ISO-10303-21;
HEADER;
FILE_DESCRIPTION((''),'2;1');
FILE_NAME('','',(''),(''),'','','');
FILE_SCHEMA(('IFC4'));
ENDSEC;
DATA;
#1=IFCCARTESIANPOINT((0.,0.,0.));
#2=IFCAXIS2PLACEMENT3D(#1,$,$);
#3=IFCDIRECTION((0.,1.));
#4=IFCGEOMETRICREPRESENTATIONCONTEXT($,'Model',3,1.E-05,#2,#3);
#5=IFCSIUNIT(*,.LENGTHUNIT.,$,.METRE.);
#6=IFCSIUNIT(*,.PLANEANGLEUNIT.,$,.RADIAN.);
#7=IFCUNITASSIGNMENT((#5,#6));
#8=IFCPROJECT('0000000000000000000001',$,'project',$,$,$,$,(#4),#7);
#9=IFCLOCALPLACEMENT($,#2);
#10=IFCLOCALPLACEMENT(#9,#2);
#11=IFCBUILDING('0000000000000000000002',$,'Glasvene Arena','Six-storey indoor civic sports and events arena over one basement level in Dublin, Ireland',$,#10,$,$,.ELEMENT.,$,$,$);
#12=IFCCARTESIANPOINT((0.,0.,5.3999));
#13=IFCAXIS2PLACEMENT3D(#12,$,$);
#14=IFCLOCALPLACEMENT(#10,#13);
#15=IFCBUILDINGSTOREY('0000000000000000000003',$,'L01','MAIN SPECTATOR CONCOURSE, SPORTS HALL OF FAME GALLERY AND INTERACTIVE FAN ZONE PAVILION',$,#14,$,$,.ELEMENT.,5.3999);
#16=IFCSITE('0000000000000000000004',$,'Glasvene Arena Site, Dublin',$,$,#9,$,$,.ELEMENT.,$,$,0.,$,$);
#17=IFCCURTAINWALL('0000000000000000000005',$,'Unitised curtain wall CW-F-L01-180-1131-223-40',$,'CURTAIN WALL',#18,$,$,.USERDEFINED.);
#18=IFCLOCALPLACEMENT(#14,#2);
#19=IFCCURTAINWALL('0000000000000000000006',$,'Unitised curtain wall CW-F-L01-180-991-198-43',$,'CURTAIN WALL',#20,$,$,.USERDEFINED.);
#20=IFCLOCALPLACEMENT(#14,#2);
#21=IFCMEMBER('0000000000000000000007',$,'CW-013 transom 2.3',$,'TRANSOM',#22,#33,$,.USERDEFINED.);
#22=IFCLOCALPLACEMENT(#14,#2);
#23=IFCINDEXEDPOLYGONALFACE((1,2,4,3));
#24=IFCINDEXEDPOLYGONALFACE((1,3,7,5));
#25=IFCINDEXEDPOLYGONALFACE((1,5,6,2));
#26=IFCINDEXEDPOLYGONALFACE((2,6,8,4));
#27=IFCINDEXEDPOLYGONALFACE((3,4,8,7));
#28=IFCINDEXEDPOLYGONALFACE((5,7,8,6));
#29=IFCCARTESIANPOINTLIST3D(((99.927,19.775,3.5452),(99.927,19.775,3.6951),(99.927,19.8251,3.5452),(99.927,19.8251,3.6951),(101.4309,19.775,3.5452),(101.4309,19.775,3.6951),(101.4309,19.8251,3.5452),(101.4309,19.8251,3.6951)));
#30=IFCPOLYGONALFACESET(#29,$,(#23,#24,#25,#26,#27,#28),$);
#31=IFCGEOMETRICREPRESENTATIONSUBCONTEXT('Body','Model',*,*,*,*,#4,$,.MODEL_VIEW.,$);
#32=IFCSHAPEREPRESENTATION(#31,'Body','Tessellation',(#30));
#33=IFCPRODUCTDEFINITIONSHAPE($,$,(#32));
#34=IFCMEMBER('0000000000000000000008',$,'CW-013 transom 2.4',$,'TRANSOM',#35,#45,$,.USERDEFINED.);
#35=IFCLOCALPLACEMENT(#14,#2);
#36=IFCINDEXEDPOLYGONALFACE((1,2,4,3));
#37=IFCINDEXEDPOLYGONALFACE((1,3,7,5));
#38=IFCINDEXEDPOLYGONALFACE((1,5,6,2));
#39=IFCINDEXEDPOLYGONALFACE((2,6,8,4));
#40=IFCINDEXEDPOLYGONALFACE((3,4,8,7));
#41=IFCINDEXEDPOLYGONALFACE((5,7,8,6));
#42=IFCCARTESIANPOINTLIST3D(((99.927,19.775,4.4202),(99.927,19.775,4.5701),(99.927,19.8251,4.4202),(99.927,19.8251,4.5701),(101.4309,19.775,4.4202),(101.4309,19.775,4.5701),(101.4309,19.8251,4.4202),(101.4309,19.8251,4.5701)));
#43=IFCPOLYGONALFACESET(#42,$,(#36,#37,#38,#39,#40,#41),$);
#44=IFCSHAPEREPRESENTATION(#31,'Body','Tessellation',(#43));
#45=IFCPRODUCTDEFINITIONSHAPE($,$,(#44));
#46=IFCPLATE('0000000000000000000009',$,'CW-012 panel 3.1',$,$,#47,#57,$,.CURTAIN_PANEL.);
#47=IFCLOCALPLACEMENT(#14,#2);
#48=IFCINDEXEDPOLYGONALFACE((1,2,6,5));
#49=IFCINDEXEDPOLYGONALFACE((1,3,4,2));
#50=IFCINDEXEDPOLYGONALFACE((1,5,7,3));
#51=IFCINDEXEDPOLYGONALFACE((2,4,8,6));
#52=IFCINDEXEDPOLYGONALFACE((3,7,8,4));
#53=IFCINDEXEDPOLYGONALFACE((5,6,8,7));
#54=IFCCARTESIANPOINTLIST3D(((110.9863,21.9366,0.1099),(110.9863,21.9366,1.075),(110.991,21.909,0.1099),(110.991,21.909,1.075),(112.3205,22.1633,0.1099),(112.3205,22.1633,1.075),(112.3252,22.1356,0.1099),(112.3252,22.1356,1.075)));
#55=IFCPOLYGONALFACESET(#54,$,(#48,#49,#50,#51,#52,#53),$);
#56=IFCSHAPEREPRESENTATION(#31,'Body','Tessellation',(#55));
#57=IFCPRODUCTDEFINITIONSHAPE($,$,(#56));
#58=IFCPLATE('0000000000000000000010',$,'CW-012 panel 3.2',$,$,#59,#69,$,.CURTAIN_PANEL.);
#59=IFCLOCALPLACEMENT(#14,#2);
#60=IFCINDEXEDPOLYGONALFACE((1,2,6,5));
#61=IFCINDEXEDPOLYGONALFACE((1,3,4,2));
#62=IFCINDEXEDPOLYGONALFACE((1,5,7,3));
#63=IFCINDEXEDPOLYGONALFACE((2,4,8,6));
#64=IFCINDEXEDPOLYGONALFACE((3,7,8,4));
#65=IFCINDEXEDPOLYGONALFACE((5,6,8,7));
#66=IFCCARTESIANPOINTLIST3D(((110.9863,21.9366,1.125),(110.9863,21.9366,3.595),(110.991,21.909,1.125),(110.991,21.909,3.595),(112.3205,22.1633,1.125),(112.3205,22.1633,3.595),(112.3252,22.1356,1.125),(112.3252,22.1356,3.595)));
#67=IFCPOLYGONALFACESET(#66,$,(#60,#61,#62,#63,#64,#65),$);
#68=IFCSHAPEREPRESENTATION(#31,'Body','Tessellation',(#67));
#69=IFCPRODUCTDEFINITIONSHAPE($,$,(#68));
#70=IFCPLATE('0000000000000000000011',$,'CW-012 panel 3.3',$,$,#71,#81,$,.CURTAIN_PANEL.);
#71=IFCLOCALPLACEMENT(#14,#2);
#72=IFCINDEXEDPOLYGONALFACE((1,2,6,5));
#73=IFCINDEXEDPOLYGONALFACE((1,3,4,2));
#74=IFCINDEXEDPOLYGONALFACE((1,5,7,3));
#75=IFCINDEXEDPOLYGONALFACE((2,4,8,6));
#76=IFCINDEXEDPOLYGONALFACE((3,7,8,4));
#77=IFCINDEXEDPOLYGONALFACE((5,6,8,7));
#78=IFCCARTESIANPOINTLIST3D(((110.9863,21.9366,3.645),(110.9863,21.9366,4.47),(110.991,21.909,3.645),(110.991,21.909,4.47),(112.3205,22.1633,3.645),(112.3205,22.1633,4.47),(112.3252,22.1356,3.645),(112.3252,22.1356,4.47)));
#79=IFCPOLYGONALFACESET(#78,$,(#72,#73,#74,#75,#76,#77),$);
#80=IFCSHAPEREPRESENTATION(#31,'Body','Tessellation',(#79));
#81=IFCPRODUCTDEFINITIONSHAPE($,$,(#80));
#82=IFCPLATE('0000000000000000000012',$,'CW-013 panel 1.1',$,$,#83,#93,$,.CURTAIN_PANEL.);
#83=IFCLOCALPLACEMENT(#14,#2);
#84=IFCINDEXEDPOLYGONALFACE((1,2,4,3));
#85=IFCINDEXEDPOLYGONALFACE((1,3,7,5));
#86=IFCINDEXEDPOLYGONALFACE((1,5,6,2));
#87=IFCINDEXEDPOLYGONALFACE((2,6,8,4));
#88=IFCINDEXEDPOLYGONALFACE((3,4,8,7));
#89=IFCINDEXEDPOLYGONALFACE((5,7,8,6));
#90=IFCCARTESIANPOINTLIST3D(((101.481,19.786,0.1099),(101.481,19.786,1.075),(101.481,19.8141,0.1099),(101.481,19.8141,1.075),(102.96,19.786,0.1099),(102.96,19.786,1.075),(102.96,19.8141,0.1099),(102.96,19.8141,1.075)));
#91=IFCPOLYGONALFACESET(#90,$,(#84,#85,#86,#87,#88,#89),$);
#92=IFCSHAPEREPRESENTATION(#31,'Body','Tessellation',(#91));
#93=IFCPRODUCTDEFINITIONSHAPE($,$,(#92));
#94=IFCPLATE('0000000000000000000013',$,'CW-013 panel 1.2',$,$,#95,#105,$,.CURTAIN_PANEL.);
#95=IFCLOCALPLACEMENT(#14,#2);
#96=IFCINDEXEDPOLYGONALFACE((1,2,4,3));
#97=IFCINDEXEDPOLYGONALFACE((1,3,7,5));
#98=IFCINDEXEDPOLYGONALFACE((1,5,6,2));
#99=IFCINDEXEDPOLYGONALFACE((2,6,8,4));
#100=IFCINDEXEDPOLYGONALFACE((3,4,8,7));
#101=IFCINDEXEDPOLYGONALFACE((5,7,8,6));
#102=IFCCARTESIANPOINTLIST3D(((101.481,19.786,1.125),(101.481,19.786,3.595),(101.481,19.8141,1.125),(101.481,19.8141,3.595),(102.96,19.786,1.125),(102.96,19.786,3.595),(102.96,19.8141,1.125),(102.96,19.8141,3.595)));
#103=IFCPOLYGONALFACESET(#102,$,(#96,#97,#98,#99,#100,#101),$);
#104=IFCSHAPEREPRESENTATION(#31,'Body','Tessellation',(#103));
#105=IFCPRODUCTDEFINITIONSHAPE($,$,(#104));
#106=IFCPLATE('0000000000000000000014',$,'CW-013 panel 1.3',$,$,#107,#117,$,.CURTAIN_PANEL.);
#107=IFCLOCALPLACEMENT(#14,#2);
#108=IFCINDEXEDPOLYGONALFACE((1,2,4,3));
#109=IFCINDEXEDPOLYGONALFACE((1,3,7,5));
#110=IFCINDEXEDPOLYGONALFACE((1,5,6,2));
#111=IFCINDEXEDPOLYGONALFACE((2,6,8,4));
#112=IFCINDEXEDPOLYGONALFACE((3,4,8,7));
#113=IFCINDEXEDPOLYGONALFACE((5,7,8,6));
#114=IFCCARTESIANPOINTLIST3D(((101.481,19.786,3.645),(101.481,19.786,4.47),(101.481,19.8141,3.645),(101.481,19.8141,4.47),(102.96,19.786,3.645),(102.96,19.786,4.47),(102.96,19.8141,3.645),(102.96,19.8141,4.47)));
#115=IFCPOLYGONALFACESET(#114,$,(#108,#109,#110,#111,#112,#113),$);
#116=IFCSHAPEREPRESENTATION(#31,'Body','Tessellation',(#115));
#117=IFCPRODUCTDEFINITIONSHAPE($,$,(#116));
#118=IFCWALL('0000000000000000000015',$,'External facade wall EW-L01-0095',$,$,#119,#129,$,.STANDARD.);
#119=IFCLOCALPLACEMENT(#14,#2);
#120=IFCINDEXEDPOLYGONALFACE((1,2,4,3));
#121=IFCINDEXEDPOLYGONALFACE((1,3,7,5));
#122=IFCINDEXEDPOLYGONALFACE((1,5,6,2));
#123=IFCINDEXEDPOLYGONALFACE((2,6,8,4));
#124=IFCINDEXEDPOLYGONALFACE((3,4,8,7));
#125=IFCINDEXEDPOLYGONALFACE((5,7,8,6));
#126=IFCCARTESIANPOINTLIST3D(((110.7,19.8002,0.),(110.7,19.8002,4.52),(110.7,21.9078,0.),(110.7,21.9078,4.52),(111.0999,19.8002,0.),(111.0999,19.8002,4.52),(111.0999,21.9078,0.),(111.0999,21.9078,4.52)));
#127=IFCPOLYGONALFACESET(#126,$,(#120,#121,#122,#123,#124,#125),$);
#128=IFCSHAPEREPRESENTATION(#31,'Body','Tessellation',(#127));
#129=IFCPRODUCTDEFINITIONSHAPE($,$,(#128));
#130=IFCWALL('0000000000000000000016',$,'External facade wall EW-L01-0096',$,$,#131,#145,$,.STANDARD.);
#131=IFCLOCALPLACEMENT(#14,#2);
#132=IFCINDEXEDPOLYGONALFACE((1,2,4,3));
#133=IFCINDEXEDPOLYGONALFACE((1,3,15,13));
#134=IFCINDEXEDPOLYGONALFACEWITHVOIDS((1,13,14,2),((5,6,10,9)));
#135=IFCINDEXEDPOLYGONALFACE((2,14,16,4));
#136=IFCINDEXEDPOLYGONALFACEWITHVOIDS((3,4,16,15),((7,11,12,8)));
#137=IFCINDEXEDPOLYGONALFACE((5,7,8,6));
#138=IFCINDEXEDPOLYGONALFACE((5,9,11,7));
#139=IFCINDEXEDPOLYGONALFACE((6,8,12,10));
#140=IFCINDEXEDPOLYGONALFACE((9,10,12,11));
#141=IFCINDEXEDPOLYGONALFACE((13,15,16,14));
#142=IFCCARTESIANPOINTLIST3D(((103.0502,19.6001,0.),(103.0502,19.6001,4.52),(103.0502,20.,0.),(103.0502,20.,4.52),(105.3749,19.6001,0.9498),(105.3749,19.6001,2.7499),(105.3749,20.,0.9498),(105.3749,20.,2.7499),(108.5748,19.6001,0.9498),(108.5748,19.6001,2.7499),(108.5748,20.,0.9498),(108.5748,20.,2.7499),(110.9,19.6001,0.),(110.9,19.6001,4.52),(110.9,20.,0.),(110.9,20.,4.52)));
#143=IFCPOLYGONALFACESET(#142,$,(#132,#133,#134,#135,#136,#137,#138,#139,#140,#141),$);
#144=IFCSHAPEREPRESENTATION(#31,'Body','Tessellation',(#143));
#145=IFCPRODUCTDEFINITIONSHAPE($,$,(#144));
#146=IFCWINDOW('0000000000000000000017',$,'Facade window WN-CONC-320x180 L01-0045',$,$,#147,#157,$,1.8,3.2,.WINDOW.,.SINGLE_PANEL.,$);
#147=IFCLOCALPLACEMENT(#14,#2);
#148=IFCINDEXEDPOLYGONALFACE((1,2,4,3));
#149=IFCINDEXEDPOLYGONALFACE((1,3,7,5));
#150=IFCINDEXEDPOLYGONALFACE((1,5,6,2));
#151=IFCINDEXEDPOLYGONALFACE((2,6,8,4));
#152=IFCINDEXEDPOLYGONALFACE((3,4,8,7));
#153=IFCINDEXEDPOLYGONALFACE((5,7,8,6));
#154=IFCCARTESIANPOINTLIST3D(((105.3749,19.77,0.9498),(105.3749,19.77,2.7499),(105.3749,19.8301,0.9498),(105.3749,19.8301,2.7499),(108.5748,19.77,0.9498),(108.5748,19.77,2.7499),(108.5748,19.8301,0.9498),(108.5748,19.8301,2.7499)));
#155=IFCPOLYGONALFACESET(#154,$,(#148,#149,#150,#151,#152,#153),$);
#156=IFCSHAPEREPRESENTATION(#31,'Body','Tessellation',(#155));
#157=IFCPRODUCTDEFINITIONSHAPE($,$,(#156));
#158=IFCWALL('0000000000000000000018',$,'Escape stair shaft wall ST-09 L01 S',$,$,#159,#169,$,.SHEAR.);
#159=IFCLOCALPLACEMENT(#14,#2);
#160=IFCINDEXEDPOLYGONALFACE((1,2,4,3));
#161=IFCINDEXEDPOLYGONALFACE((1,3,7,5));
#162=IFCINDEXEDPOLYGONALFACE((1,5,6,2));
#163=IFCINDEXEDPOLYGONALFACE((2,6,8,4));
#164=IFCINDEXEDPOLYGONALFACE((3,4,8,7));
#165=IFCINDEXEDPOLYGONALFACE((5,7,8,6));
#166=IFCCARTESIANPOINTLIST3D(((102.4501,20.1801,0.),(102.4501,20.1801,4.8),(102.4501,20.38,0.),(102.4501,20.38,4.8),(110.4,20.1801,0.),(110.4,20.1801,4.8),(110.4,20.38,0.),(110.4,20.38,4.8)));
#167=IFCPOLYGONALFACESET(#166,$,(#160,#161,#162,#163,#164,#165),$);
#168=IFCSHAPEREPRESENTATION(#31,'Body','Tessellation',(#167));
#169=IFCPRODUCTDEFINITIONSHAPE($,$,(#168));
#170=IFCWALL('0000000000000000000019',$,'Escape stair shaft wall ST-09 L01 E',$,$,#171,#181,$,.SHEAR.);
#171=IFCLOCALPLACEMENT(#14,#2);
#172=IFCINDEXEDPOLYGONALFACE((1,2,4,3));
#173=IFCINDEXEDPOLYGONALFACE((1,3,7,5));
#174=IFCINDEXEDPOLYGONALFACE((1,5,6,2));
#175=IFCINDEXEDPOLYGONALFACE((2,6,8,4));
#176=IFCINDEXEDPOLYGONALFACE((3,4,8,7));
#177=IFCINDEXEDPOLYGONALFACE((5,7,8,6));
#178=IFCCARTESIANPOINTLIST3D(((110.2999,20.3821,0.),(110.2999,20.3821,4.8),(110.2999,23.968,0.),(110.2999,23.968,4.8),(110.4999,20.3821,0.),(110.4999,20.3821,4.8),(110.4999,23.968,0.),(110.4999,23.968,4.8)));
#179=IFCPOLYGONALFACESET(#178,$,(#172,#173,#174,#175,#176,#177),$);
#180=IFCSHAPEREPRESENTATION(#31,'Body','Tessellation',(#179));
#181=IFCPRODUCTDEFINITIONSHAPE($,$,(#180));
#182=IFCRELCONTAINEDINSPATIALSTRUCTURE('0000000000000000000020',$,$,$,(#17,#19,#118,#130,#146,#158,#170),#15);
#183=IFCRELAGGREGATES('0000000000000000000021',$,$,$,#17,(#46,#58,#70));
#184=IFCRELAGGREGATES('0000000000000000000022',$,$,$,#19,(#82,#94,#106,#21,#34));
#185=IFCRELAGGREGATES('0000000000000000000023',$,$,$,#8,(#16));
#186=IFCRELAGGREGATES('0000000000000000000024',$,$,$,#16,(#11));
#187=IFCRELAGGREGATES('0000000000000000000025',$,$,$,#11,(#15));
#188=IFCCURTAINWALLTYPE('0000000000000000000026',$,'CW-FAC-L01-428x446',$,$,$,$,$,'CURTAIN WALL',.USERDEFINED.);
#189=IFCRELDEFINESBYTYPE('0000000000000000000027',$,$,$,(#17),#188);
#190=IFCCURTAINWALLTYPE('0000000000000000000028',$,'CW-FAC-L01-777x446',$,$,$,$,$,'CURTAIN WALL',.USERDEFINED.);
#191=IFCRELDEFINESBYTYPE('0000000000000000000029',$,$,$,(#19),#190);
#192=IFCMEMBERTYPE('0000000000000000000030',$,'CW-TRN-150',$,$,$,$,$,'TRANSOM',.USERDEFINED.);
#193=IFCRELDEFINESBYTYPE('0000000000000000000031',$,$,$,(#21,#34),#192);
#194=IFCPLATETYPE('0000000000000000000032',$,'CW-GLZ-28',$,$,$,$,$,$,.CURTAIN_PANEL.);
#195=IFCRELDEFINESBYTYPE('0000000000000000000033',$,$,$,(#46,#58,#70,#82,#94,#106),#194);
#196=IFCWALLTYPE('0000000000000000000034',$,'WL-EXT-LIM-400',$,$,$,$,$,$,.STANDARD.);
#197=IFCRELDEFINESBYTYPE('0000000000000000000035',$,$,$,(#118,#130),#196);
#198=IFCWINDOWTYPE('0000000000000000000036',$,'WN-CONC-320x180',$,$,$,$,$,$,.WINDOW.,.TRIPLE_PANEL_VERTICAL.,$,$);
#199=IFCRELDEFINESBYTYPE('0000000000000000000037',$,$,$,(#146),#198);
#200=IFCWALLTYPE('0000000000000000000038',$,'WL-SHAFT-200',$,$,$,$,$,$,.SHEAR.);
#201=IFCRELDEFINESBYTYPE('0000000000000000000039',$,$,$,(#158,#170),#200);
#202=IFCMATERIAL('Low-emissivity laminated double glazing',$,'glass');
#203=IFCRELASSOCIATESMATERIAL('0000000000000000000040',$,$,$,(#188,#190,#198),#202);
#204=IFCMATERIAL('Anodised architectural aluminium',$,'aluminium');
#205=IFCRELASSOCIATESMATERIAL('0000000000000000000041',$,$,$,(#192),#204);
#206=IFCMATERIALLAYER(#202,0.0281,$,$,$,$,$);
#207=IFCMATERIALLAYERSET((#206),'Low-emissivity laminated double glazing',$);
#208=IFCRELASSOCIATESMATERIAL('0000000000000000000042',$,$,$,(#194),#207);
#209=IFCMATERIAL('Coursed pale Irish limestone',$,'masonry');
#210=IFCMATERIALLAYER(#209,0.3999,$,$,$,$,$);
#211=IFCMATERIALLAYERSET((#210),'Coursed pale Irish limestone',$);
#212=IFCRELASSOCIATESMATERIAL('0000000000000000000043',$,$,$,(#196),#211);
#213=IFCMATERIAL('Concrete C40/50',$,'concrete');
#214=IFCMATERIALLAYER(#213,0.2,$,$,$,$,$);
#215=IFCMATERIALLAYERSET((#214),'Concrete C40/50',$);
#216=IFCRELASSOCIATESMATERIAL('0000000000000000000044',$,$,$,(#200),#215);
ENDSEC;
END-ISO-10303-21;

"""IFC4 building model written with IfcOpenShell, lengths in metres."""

from ifc_helpers import new_model, si_unit, direction, frame, frame_2d, origin, origin_2d, place, context, subcontext, project, spatial, rectangle, extrude, material, layer, layer_set, material_profile, profile_set, type_object, element, fill, aggregate, save


model = new_model("IFC4")

# Units and contexts
model_context = context("Model", 3, precision=1e-05, world=origin(), true_north=direction((0.0, 1.0)))
body_context = subcontext(model_context, "Body", "Model", "MODEL_VIEW")
ifc_project = project(units=[si_unit("LENGTHUNIT", "METRE"), si_unit("PLANEANGLEUNIT", "RADIAN")], contexts=[model_context])

# Site, building, storey
site_placement = place(None, origin())
site = spatial("IfcSite", under=ifc_project, at=site_placement, Name="Glasvene Arena Site, Dublin", CompositionType="ELEMENT", RefElevation=0.0)
building_placement = place(site_placement, origin())
building = spatial("IfcBuilding", under=site, at=building_placement, Name="Glasvene Arena", Description="Six-storey indoor civic sports and events arena over one basement level in Dublin, Ireland", CompositionType="ELEMENT")
storey_placement = place(building_placement, frame((0.0, 0.0, 5.3999)))
storey = spatial("IfcBuildingStorey", under=building, at=storey_placement, Name="L01", Description="MAIN SPECTATOR CONCOURSE, SPORTS HALL OF FAME GALLERY AND INTERACTIVE FAN ZONE PAVILION", CompositionType="ELEMENT", Elevation=5.3999)

# Curtain wall
ifc_material_1 = material(Name="Low-emissivity laminated double glazing", Category="glass")
curtain_wall_type_1 = type_object("IfcCurtainWallType", Name="CW-FAC-L01-428x446", ElementType="CURTAIN WALL", PredefinedType="USERDEFINED", material=ifc_material_1)
curtain_wall_1_placement = place(storey_placement, frame((115.1636, 22.6321, 0.0)))
curtain_wall_1 = element("IfcCurtainWall", 1, at=curtain_wall_1_placement, inside=storey, type_object=curtain_wall_type_1, Name="Unitised curtain wall CW-F-L01-180-1131-223-40", ObjectType="CURTAIN WALL", PredefinedType="USERDEFINED")
ifc_material_2 = material(Name="Anodised architectural aluminium", Category="aluminium")

# Curtain wall
curtain_wall_type_2 = type_object("IfcCurtainWallType", Name="CW-FAC-L01-777x446", ElementType="CURTAIN WALL", PredefinedType="USERDEFINED", material=ifc_material_1)
curtain_wall_2_placement = place(storey_placement, frame((103.01, 19.8, 0.0)))
curtain_wall_2 = element("IfcCurtainWall", 2, at=curtain_wall_2_placement, inside=storey, type_object=curtain_wall_type_2, Name="Unitised curtain wall CW-F-L01-180-991-198-43", ObjectType="CURTAIN WALL", PredefinedType="USERDEFINED")

# Members
ifc_material_profile_1 = material_profile(ifc_material_2, rectangle(XDim=0.05, YDim=0.1499, at=origin_2d()), Name="ALU TRANSOM 50x150")
ifc_profile_set_1 = profile_set([ifc_material_profile_1], Name="Anodised architectural aluminium")
member_type_1 = type_object("IfcMemberType", Name="CW-TRN-150", ElementType="TRANSOM", PredefinedType="USERDEFINED", material=ifc_profile_set_1)
member_1_placement = place(storey_placement, frame((101.4309, 19.8, 3.6201), z_axis=(-1.0, 0.0, 0.0), x_axis=(0.0, -1.0, 0.0)))
member_1 = element("IfcMember", 3, at=member_1_placement, type_object=member_type_1, Name="CW-013 transom 2.3", ObjectType="TRANSOM", PredefinedType="USERDEFINED", context=body_context, shape_type="SweptSolid", body=[
    extrude(rectangle(XDim=0.05, YDim=0.1499, at=origin_2d()), origin(), (0.0, 0.0, 1.0), 1.5039),
])
member_2_placement = place(storey_placement, frame((101.4309, 19.8, 4.4951), z_axis=(-1.0, 0.0, 0.0), x_axis=(0.0, -1.0, 0.0)))
member_2 = element("IfcMember", 4, at=member_2_placement, type_object=member_type_1, Name="CW-013 transom 2.4", ObjectType="TRANSOM", PredefinedType="USERDEFINED", context=body_context, shape_type="SweptSolid", body=[
    extrude(rectangle(XDim=0.05, YDim=0.1499, at=origin_2d()), origin(), (0.0, 0.0, 1.0), 1.5039),
])

# Plates
ifc_layer_1 = layer(ifc_material_1, 0.0281)
ifc_layer_set_1 = layer_set([ifc_layer_1], Name="Low-emissivity laminated double glazing")
plate_type = type_object("IfcPlateType", Name="CW-GLZ-28", PredefinedType="CURTAIN_PANEL", material=ifc_layer_set_1)
plate_1_placement = place(storey_placement, frame((111.6558, 22.0361, 0.1099), z_axis=(0.0, 0.0, 1.0), x_axis=(-0.985871, -0.167505, 0.0)))
plate_1 = element("IfcPlate", 5, at=plate_1_placement, type_object=plate_type, Name="CW-012 panel 3.1", PredefinedType="CURTAIN_PANEL", context=body_context, shape_type="SweptSolid", body=[
    extrude(rectangle(XDim=1.3533, YDim=0.0281, at=origin_2d()), origin(), (0.0, 0.0, 1.0), 0.9651),
])
plate_2_placement = place(storey_placement, frame((111.6558, 22.0361, 1.125), z_axis=(0.0, 0.0, 1.0), x_axis=(-0.985871, -0.167505, 0.0)))
plate_2 = element("IfcPlate", 6, at=plate_2_placement, type_object=plate_type, Name="CW-012 panel 3.2", PredefinedType="CURTAIN_PANEL", context=body_context, shape_type="SweptSolid", body=[
    extrude(rectangle(XDim=1.3533, YDim=0.0281, at=origin_2d()), origin(), (0.0, 0.0, 1.0), 2.47),
])
plate_3_placement = place(storey_placement, frame((111.6558, 22.0361, 3.645), z_axis=(0.0, 0.0, 1.0), x_axis=(-0.985871, -0.167505, 0.0)))
plate_3 = element("IfcPlate", 7, at=plate_3_placement, type_object=plate_type, Name="CW-012 panel 3.3", PredefinedType="CURTAIN_PANEL", context=body_context, shape_type="SweptSolid", body=[
    extrude(rectangle(XDim=1.3533, YDim=0.0281, at=origin_2d()), origin(), (0.0, 0.0, 1.0), 0.825),
])
aggregate(curtain_wall_1, [plate_1, plate_2, plate_3])
plate_4_placement = place(storey_placement, frame((102.2205, 19.8, 0.1099), z_axis=(0.0, 0.0, 1.0), x_axis=(-1.0, 0.0, 0.0)))
plate_4 = element("IfcPlate", 8, at=plate_4_placement, type_object=plate_type, Name="CW-013 panel 1.1", PredefinedType="CURTAIN_PANEL", context=body_context, shape_type="SweptSolid", body=[
    extrude(rectangle(XDim=1.479, YDim=0.0281, at=origin_2d()), origin(), (0.0, 0.0, 1.0), 0.9651),
])
plate_5_placement = place(storey_placement, frame((102.2205, 19.8, 1.125), z_axis=(0.0, 0.0, 1.0), x_axis=(-1.0, 0.0, 0.0)))
plate_5 = element("IfcPlate", 9, at=plate_5_placement, type_object=plate_type, Name="CW-013 panel 1.2", PredefinedType="CURTAIN_PANEL", context=body_context, shape_type="SweptSolid", body=[
    extrude(rectangle(XDim=1.479, YDim=0.0281, at=origin_2d()), origin(), (0.0, 0.0, 1.0), 2.47),
])
plate_6_placement = place(storey_placement, frame((102.2205, 19.8, 3.645), z_axis=(0.0, 0.0, 1.0), x_axis=(-1.0, 0.0, 0.0)))
plate_6 = element("IfcPlate", 10, at=plate_6_placement, type_object=plate_type, Name="CW-013 panel 1.3", PredefinedType="CURTAIN_PANEL", context=body_context, shape_type="SweptSolid", body=[
    extrude(rectangle(XDim=1.479, YDim=0.0281, at=origin_2d()), origin(), (0.0, 0.0, 1.0), 0.825),
])
aggregate(curtain_wall_2, [plate_4, plate_5, plate_6, member_1, member_2])

# Wall
ifc_material_3 = material(Name="Coursed pale Irish limestone", Category="masonry")
ifc_layer_2 = layer(ifc_material_3, 0.3999)
ifc_layer_set_2 = layer_set([ifc_layer_2], Name="Coursed pale Irish limestone")
wall_type_1 = type_object("IfcWallType", Name="WL-EXT-LIM-400", PredefinedType="STANDARD", material=ifc_layer_set_2)
wall_1_placement = place(storey_placement, frame((110.8999, 21.9077, 0.0), z_axis=(0.0, 0.0, 1.0), x_axis=(0.0, -1.0, 0.0)))
element("IfcWall", 11, at=wall_1_placement, inside=storey, type_object=wall_type_1, Name="External facade wall EW-L01-0095", PredefinedType="STANDARD", context=body_context, shape_type="SweptSolid", body=[
    extrude(rectangle(XDim=2.1077, YDim=0.3999, at=frame_2d((1.0537, 0.0))), origin(), (0.0, 0.0, 1.0), 4.52),
])

# Wall, opening, window
wall_2_placement = place(storey_placement, frame((110.8999, 19.8, 0.0), z_axis=(0.0, 0.0, 1.0), x_axis=(-1.0, 0.0, 0.0)))
wall_2 = element("IfcWall", 12, at=wall_2_placement, inside=storey, type_object=wall_type_1, Name="External facade wall EW-L01-0096", PredefinedType="STANDARD", context=body_context, shape_type="SweptSolid", body=[
    extrude(rectangle(XDim=7.8499, YDim=0.3999, at=frame_2d((3.9248, 0.0))), origin(), (0.0, 0.0, 1.0), 4.52),
])
opening_1_placement = place(wall_2_placement, frame((2.325, 0.0, 0.95)))
opening_1 = element("IfcOpeningElement", 13, at=opening_1_placement, cuts=wall_2, PredefinedType="OPENING", context=body_context, shape_type="SweptSolid", body=[
    extrude(rectangle(XDim=3.2, YDim=1.8, at=frame_2d((1.6001, 0.8999))), frame((0.0, 0.21, 0.0), z_axis=(0.0, -1.0, 0.0), x_axis=(1.0, 0.0, 0.0)), (0.0, 0.0, 1.0), 0.4199),
])
window_type = type_object("IfcWindowType", Name="WN-CONC-320x180", PartitioningType="TRIPLE_PANEL_VERTICAL", PredefinedType="WINDOW", material=ifc_material_1)
window_placement = place(opening_1_placement, origin())
window = element("IfcWindow", 14, at=window_placement, inside=storey, type_object=window_type, Name="Facade window WN-CONC-320x180 L01-0045", OverallHeight=1.8, OverallWidth=3.2, PartitioningType="SINGLE_PANEL", PredefinedType="WINDOW", context=body_context, shape_type="SweptSolid", body=[
    extrude(rectangle(XDim=3.2, YDim=1.8, at=frame_2d((1.6001, 0.8999))), frame((0.0, 0.03, 0.0), z_axis=(0.0, -1.0, 0.0), x_axis=(1.0, 0.0, 0.0)), (0.0, 0.0, 1.0), 0.0601),
])
fill(opening_1, window)

# Wall
ifc_material_4 = material(Name="Concrete C40/50", Category="concrete")
ifc_layer_3 = layer(ifc_material_4, 0.2)
ifc_layer_set_3 = layer_set([ifc_layer_3], Name="Concrete C40/50")
wall_type_2 = type_object("IfcWallType", Name="WL-SHAFT-200", PredefinedType="SHEAR", material=ifc_layer_set_3)
wall_3_placement = place(storey_placement, frame((102.45, 20.28, 0.0), z_axis=(0.0, 0.0, 1.0), x_axis=(1.0, 0.0, 0.0)))
element("IfcWall", 15, at=wall_3_placement, inside=storey, type_object=wall_type_2, Name="Escape stair shaft wall ST-09 L01 S", PredefinedType="SHEAR", context=body_context, shape_type="SweptSolid", body=[
    extrude(rectangle(XDim=7.95, YDim=0.2, at=frame_2d((3.9751, 0.0))), origin(), (0.0, 0.0, 1.0), 4.8),
])

# Wall
wall_4_placement = place(storey_placement, frame((110.3999, 20.3821, 0.0), z_axis=(0.0, 0.0, 1.0), x_axis=(0.0, 1.0, 0.0)))
element("IfcWall", 16, at=wall_4_placement, inside=storey, type_object=wall_type_2, Name="Escape stair shaft wall ST-09 L01 E", PredefinedType="SHEAR", context=body_context, shape_type="SweptSolid", body=[
    extrude(rectangle(XDim=3.5859, YDim=0.2, at=frame_2d((1.793, 0.0))), origin(), (0.0, 0.0, 1.0), 4.8),
])

save(model, "model.ifc")
